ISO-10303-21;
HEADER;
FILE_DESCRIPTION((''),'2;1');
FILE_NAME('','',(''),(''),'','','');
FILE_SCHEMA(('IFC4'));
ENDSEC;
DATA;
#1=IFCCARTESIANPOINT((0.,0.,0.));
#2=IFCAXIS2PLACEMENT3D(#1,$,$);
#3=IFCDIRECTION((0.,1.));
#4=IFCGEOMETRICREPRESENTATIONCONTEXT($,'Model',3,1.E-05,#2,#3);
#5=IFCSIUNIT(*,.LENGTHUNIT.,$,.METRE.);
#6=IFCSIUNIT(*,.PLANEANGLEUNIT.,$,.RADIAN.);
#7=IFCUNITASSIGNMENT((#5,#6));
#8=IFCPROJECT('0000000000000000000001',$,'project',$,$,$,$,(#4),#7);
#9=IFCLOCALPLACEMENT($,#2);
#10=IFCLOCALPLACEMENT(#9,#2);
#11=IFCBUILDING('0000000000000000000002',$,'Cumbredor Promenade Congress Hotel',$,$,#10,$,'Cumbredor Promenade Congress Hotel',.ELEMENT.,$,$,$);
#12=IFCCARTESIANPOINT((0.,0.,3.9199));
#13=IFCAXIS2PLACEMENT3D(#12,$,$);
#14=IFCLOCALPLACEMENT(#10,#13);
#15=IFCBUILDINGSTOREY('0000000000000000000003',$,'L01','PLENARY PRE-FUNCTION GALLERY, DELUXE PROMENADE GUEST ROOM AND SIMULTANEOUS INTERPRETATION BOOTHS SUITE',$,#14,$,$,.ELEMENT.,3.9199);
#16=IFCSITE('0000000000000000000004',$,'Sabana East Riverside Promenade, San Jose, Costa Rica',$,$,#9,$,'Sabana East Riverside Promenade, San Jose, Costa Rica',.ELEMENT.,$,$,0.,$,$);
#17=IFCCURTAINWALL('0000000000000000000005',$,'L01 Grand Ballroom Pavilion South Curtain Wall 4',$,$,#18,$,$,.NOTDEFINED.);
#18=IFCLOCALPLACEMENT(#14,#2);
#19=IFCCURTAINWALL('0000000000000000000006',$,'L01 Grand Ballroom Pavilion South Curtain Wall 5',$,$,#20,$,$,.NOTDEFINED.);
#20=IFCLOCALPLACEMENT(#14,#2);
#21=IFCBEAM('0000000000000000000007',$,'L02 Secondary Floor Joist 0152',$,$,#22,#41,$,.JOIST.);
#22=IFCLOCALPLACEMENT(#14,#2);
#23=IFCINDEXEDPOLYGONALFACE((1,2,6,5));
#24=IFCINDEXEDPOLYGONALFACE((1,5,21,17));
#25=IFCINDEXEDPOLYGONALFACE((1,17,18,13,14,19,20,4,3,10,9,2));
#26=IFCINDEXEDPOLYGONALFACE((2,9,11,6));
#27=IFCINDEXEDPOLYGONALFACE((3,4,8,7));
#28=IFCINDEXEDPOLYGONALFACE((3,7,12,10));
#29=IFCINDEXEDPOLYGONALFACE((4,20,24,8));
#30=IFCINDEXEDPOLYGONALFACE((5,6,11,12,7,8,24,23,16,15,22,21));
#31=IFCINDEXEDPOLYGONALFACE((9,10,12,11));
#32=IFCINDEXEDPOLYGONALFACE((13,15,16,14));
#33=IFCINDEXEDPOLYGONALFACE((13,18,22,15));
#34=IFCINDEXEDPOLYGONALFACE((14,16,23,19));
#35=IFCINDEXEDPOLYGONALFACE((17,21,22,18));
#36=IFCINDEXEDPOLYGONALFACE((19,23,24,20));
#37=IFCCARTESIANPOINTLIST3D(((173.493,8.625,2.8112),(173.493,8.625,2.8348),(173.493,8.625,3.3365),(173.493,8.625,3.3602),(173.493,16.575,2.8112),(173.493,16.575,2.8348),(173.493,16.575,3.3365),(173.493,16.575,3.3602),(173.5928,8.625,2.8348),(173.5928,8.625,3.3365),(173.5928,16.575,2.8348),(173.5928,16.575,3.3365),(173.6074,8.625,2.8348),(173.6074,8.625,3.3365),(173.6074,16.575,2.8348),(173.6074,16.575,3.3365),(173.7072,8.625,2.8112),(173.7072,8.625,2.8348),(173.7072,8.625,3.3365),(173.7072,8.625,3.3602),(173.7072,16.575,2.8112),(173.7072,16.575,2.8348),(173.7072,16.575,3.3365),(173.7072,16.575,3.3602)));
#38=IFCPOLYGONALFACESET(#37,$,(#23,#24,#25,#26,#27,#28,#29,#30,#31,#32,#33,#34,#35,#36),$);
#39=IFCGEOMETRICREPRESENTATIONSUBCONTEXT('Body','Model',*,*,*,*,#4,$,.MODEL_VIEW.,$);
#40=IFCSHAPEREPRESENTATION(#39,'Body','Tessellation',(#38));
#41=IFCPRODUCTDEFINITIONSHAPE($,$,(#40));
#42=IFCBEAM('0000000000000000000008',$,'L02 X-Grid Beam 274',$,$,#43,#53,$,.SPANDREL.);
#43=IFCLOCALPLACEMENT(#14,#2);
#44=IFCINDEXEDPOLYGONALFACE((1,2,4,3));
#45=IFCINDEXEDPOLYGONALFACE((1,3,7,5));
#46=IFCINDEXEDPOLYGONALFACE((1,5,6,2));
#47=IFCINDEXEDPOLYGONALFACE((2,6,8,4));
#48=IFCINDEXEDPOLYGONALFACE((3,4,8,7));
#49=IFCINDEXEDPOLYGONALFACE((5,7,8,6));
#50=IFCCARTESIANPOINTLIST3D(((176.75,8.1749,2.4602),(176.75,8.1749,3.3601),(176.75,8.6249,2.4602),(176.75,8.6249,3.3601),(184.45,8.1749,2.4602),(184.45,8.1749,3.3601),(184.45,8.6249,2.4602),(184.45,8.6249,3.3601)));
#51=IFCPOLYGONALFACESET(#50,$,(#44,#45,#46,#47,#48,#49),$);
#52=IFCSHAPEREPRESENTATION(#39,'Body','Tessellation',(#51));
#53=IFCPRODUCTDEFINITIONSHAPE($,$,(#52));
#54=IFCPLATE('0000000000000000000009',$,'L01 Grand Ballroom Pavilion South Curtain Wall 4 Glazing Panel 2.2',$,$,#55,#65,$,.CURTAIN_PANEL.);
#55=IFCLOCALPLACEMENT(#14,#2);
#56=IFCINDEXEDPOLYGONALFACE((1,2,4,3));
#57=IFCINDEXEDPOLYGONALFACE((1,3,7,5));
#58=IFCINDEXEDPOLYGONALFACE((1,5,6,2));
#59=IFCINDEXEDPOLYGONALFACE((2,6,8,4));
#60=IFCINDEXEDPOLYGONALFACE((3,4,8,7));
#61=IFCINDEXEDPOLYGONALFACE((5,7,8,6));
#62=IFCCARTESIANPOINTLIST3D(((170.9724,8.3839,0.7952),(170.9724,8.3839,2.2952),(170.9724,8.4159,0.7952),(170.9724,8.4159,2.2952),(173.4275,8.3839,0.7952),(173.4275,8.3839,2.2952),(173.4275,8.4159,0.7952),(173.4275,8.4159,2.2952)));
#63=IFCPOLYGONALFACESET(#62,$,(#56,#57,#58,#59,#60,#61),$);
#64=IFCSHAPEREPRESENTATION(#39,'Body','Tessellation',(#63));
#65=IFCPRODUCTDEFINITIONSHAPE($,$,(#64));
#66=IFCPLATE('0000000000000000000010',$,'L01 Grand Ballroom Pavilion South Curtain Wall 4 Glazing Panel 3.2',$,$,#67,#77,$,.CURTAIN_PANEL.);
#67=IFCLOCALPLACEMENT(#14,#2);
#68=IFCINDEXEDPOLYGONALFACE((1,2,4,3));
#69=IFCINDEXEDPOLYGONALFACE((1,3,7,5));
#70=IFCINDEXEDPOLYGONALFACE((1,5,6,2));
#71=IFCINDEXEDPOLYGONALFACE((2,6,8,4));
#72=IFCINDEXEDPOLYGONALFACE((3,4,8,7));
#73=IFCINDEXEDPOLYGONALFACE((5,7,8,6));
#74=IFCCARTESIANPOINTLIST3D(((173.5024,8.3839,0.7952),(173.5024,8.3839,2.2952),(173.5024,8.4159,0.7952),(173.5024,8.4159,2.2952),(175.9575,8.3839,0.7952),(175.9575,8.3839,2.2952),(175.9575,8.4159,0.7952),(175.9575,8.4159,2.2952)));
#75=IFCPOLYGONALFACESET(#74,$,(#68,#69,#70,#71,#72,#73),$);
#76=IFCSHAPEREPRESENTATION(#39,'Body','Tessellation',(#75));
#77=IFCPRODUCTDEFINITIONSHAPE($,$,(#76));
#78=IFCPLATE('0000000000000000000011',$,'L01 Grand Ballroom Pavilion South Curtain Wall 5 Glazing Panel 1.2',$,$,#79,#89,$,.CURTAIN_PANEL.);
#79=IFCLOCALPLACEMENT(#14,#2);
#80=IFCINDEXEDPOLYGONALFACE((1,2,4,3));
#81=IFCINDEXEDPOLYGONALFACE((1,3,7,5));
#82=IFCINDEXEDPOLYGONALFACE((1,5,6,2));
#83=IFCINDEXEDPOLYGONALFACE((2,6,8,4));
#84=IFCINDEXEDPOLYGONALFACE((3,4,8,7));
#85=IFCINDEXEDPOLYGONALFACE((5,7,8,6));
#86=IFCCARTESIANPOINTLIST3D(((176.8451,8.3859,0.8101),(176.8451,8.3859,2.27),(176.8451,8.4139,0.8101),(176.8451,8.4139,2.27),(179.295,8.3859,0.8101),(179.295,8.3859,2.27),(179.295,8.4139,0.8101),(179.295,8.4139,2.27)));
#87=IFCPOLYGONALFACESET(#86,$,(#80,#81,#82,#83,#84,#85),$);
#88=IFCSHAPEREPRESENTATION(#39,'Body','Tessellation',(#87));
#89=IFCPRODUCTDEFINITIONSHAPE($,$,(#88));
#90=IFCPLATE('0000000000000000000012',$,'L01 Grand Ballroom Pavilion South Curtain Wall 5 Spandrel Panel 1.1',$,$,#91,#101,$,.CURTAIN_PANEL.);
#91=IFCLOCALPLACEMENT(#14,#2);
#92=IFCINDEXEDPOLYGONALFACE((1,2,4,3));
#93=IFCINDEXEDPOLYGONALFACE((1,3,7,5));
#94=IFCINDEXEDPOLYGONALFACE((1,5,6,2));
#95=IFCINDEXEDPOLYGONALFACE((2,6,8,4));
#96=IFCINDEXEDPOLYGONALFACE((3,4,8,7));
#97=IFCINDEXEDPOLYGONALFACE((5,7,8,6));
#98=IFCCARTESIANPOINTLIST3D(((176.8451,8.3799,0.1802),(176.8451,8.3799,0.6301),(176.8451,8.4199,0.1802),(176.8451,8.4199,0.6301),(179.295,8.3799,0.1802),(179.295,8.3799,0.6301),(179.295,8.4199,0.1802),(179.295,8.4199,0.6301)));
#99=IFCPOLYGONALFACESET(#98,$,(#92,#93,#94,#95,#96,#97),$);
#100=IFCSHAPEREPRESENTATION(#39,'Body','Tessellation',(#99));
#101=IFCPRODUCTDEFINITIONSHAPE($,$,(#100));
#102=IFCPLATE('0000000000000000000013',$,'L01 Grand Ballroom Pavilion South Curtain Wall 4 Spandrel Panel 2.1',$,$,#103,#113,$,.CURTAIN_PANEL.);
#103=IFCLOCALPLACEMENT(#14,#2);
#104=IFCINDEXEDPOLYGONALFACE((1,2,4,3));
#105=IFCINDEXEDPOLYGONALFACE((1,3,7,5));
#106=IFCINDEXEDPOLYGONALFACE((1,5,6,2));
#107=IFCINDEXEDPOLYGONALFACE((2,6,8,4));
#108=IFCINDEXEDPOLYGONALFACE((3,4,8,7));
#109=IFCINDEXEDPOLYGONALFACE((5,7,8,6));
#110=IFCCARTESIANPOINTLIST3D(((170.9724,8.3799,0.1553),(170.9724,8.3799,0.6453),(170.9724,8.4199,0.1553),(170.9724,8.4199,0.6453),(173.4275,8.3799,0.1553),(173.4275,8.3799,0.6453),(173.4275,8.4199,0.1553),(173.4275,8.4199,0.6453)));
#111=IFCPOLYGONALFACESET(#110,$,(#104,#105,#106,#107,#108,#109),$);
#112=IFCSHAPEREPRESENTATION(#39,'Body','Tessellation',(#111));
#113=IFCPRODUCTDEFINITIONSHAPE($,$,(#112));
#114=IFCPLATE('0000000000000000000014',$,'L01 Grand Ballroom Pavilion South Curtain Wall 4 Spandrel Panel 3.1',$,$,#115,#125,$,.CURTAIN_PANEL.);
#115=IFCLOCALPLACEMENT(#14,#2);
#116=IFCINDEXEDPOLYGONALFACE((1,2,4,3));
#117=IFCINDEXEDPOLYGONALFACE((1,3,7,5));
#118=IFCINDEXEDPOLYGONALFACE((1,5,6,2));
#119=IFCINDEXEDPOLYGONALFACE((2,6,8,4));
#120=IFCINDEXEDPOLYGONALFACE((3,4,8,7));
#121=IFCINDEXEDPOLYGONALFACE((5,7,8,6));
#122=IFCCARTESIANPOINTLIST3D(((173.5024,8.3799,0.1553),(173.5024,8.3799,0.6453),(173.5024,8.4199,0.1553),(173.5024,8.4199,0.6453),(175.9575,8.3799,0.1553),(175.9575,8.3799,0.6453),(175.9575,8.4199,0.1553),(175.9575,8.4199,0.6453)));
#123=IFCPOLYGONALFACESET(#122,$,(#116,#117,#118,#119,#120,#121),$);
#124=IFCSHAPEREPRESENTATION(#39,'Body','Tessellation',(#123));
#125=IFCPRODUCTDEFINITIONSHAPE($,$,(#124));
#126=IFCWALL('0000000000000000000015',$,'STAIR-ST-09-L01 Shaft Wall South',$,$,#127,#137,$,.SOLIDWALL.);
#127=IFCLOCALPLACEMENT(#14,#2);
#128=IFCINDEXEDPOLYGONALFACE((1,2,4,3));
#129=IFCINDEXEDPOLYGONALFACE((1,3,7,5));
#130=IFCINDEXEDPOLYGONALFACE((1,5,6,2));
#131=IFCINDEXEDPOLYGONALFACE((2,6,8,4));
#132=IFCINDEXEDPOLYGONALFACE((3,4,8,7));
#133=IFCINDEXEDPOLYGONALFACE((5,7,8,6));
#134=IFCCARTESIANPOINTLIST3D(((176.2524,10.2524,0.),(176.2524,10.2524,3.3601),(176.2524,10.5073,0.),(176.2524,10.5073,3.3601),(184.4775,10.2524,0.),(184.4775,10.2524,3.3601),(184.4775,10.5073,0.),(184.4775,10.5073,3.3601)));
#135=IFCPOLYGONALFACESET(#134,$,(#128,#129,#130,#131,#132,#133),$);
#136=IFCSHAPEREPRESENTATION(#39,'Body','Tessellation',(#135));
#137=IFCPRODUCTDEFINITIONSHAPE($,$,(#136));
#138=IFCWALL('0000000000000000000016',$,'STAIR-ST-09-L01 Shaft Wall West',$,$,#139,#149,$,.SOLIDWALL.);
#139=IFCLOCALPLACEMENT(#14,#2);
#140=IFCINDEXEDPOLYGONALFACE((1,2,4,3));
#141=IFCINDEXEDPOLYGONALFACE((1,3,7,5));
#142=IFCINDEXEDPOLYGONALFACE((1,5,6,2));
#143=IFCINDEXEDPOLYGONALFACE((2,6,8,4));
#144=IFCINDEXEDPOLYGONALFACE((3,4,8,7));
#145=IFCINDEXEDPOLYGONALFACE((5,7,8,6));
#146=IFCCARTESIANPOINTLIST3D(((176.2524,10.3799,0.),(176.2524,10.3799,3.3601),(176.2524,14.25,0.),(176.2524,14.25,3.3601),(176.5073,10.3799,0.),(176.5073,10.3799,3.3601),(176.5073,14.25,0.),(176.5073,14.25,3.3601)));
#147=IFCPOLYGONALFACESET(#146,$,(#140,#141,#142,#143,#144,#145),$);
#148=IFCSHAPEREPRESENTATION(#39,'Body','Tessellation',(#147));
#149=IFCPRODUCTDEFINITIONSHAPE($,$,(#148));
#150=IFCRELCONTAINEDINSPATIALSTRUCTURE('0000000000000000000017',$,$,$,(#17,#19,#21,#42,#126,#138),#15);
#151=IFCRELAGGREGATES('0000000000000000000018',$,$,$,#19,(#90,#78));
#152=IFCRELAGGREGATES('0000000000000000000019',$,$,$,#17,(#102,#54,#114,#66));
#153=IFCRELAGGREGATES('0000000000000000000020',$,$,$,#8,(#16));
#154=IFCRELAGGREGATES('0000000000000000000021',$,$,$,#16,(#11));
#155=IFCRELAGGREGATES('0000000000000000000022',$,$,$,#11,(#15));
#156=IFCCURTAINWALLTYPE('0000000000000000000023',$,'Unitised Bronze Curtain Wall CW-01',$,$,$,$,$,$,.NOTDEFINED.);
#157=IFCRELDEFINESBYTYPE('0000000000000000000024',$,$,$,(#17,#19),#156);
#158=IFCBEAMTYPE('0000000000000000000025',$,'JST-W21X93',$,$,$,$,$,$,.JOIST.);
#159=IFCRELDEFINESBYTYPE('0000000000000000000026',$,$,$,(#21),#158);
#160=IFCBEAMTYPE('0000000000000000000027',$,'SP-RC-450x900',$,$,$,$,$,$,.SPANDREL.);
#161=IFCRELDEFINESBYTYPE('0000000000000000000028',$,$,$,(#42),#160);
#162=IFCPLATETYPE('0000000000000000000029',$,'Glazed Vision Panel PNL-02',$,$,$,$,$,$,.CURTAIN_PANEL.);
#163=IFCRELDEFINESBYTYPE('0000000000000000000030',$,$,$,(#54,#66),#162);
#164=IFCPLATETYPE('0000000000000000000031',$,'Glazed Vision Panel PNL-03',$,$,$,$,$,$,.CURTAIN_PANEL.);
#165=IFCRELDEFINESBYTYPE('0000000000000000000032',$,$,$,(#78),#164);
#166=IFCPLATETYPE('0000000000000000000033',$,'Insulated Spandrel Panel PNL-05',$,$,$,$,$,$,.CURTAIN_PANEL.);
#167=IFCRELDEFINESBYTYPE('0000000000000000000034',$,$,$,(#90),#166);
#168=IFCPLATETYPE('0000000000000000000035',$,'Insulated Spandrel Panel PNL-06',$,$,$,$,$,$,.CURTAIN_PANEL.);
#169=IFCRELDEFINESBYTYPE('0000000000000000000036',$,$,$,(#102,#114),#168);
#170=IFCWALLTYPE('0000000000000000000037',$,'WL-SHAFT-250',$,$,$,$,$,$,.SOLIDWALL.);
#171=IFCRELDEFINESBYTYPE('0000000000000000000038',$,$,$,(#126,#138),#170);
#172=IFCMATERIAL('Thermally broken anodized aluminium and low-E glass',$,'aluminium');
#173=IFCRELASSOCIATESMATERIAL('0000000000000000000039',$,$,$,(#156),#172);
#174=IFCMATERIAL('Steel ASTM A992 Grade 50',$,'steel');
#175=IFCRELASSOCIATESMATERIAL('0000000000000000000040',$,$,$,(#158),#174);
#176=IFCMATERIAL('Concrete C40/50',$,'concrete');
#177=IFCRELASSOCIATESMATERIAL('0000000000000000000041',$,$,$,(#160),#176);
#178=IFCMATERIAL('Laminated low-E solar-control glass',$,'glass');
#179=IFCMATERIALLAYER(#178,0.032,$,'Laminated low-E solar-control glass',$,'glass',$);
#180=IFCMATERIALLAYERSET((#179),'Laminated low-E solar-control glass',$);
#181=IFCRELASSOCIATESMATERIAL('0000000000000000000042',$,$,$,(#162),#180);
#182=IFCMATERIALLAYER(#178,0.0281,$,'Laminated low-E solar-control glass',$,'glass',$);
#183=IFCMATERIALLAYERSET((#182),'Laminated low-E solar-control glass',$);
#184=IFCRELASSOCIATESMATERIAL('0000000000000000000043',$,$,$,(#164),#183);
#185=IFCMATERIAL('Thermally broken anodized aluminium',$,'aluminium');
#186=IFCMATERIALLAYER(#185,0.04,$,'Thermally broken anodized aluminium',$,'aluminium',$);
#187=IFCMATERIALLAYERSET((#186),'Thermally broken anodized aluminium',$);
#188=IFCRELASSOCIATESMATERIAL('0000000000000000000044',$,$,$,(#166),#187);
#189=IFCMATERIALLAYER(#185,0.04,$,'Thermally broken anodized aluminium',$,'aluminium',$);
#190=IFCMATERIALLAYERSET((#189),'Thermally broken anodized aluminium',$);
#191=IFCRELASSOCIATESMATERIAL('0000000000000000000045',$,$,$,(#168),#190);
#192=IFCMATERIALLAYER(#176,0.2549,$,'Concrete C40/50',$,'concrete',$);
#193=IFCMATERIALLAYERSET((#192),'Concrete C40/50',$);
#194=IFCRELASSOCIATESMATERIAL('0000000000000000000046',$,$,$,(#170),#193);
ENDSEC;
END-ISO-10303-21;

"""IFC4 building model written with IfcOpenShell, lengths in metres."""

from ifc_helpers import new_model, si_unit, direction, frame, frame_2d, origin, origin_2d, place, context, subcontext, project, spatial, rectangle, i_section, extrude, material, layer, layer_set, material_profile, profile_set, type_object, element, aggregate, save


model = new_model("IFC4")

# Units and contexts
model_context = context("Model", 3, precision=1e-05, world=origin(), true_north=direction((0.0, 1.0)))
body_context = subcontext(model_context, "Body", "Model", "MODEL_VIEW")
ifc_project = project(units=[si_unit("LENGTHUNIT", "METRE"), si_unit("PLANEANGLEUNIT", "RADIAN")], contexts=[model_context])

# Site, building, storey
site_placement = place(None, origin())
site = spatial("IfcSite", under=ifc_project, at=site_placement, Name="Sabana East Riverside Promenade, San Jose, Costa Rica", LongName="Sabana East Riverside Promenade, San Jose, Costa Rica", CompositionType="ELEMENT", RefElevation=0.0)
building_placement = place(site_placement, origin())
building = spatial("IfcBuilding", under=site, at=building_placement, Name="Cumbredor Promenade Congress Hotel", LongName="Cumbredor Promenade Congress Hotel", CompositionType="ELEMENT")
storey_placement = place(building_placement, frame((0.0, 0.0, 3.9199)))
storey = spatial("IfcBuildingStorey", under=building, at=storey_placement, Name="L01", Description="PLENARY PRE-FUNCTION GALLERY, DELUXE PROMENADE GUEST ROOM AND SIMULTANEOUS INTERPRETATION BOOTHS SUITE", CompositionType="ELEMENT", Elevation=3.9199)

# Shared definitions
ifc_material_1 = material(Name="Concrete C40/50", Category="concrete")

# Curtain wall
ifc_material_2 = material(Name="Thermally broken anodized aluminium and low-E glass", Category="aluminium")
curtain_wall_type = type_object("IfcCurtainWallType", Name="Unitised Bronze Curtain Wall CW-01", PredefinedType="NOTDEFINED", material=ifc_material_2)
curtain_wall_1_placement = place(storey_placement, origin())
curtain_wall_1 = element("IfcCurtainWall", 1, at=curtain_wall_1_placement, inside=storey, type_object=curtain_wall_type, Name="L01 Grand Ballroom Pavilion South Curtain Wall 4", PredefinedType="NOTDEFINED")
ifc_material_3 = material(Name="Thermally broken anodized aluminium", Category="aluminium")

# Curtain wall
curtain_wall_2_placement = place(storey_placement, origin())
curtain_wall_2 = element("IfcCurtainWall", 2, at=curtain_wall_2_placement, inside=storey, type_object=curtain_wall_type, Name="L01 Grand Ballroom Pavilion South Curtain Wall 5", PredefinedType="NOTDEFINED")

# Beams
ifc_material_4 = material(Name="Steel ASTM A992 Grade 50", Category="steel")
ifc_material_profile_1 = material_profile(ifc_material_4, i_section(OverallWidth=0.2141, OverallDepth=0.5491, WebThickness=0.0146, FlangeThickness=0.0237, at=origin_2d()), Name="W21X93")
ifc_profile_set_1 = profile_set([ifc_material_profile_1], Name="Steel ASTM A992 Grade 50")
beam_type_1 = type_object("IfcBeamType", Name="JST-W21X93", PredefinedType="JOIST", material=ifc_profile_set_1)
beam_1_placement = place(storey_placement, frame((173.6001, 8.625, 3.0857), z_axis=(0.0, 1.0, 0.0), x_axis=(-1.0, 0.0, 0.0)))
element("IfcBeam", 3, at=beam_1_placement, inside=storey, type_object=beam_type_1, Name="L02 Secondary Floor Joist 0152", PredefinedType="JOIST", context=body_context, shape_type="SweptSolid", body=[
    extrude(i_section(OverallWidth=0.2141, OverallDepth=0.5491, WebThickness=0.0146, FlangeThickness=0.0237, at=origin_2d()), origin(), (0.0, 0.0, 1.0), 7.95),
])
ifc_material_profile_2 = material_profile(ifc_material_1, rectangle(XDim=0.45, YDim=0.8999, at=origin_2d()), Name="RC SPANDREL 450x900")
ifc_profile_set_2 = profile_set([ifc_material_profile_2], Name="Concrete C40/50")
beam_type_2 = type_object("IfcBeamType", Name="SP-RC-450x900", PredefinedType="SPANDREL", material=ifc_profile_set_2)
beam_2_placement = place(storey_placement, frame((176.75, 8.3999, 2.9102), z_axis=(1.0, 0.0, 0.0), x_axis=(0.0, 1.0, 0.0)))
element("IfcBeam", 4, at=beam_2_placement, inside=storey, type_object=beam_type_2, Name="L02 X-Grid Beam 274", PredefinedType="SPANDREL", context=body_context, shape_type="SweptSolid", body=[
    extrude(rectangle(XDim=0.45, YDim=0.8999, at=origin_2d()), origin(), (0.0, 0.0, 1.0), 7.7),
])

# Plates
ifc_material_5 = material(Name="Laminated low-E solar-control glass", Category="glass")
ifc_layer_1 = layer(ifc_material_5, 0.032, Name="Laminated low-E solar-control glass", Category="glass")
ifc_layer_set_1 = layer_set([ifc_layer_1], Name="Laminated low-E solar-control glass")
plate_type_1 = type_object("IfcPlateType", Name="Glazed Vision Panel PNL-02", PredefinedType="CURTAIN_PANEL", material=ifc_layer_set_1)
plate_1_placement = place(storey_placement, frame((172.2, 8.3999, 0.7952), z_axis=(0.0, 0.0, 1.0), x_axis=(1.0, 0.0, 0.0)))
plate_1 = element("IfcPlate", 5, at=plate_1_placement, type_object=plate_type_1, Name="L01 Grand Ballroom Pavilion South Curtain Wall 4 Glazing Panel 2.2", PredefinedType="CURTAIN_PANEL", context=body_context, shape_type="SweptSolid", body=[
    extrude(rectangle(XDim=2.4551, YDim=0.032, at=origin_2d()), origin(), (0.0, 0.0, 1.0), 1.5),
])
plate_2_placement = place(storey_placement, frame((174.73, 8.3999, 0.7952), z_axis=(0.0, 0.0, 1.0), x_axis=(1.0, 0.0, 0.0)))
plate_2 = element("IfcPlate", 6, at=plate_2_placement, type_object=plate_type_1, Name="L01 Grand Ballroom Pavilion South Curtain Wall 4 Glazing Panel 3.2", PredefinedType="CURTAIN_PANEL", context=body_context, shape_type="SweptSolid", body=[
    extrude(rectangle(XDim=2.4551, YDim=0.032, at=origin_2d()), origin(), (0.0, 0.0, 1.0), 1.5),
])
ifc_layer_2 = layer(ifc_material_5, 0.0281, Name="Laminated low-E solar-control glass", Category="glass")
ifc_layer_set_2 = layer_set([ifc_layer_2], Name="Laminated low-E solar-control glass")
plate_type_2 = type_object("IfcPlateType", Name="Glazed Vision Panel PNL-03", PredefinedType="CURTAIN_PANEL", material=ifc_layer_set_2)
plate_3_placement = place(storey_placement, frame((178.0701, 8.3999, 0.8101), z_axis=(0.0, 0.0, 1.0), x_axis=(1.0, 0.0, 0.0)))
plate_3 = element("IfcPlate", 7, at=plate_3_placement, type_object=plate_type_2, Name="L01 Grand Ballroom Pavilion South Curtain Wall 5 Glazing Panel 1.2", PredefinedType="CURTAIN_PANEL", context=body_context, shape_type="SweptSolid", body=[
    extrude(rectangle(XDim=2.45, YDim=0.0281, at=origin_2d()), origin(), (0.0, 0.0, 1.0), 1.46),
])
ifc_layer_3 = layer(ifc_material_3, 0.04, Name="Thermally broken anodized aluminium", Category="aluminium")
ifc_layer_set_3 = layer_set([ifc_layer_3], Name="Thermally broken anodized aluminium")
plate_type_3 = type_object("IfcPlateType", Name="Insulated Spandrel Panel PNL-05", PredefinedType="CURTAIN_PANEL", material=ifc_layer_set_3)
plate_4_placement = place(storey_placement, frame((178.0701, 8.3999, 0.1802), z_axis=(0.0, 0.0, 1.0), x_axis=(1.0, 0.0, 0.0)))
plate_4 = element("IfcPlate", 8, at=plate_4_placement, type_object=plate_type_3, Name="L01 Grand Ballroom Pavilion South Curtain Wall 5 Spandrel Panel 1.1", PredefinedType="CURTAIN_PANEL", context=body_context, shape_type="SweptSolid", body=[
    extrude(rectangle(XDim=2.45, YDim=0.04, at=origin_2d()), origin(), (0.0, 0.0, 1.0), 0.45),
])
aggregate(curtain_wall_2, [plate_4, plate_3])
ifc_layer_4 = layer(ifc_material_3, 0.04, Name="Thermally broken anodized aluminium", Category="aluminium")
ifc_layer_set_4 = layer_set([ifc_layer_4], Name="Thermally broken anodized aluminium")
plate_type_4 = type_object("IfcPlateType", Name="Insulated Spandrel Panel PNL-06", PredefinedType="CURTAIN_PANEL", material=ifc_layer_set_4)
plate_5_placement = place(storey_placement, frame((172.2, 8.3999, 0.1553), z_axis=(0.0, 0.0, 1.0), x_axis=(1.0, 0.0, 0.0)))
plate_5 = element("IfcPlate", 9, at=plate_5_placement, type_object=plate_type_4, Name="L01 Grand Ballroom Pavilion South Curtain Wall 4 Spandrel Panel 2.1", PredefinedType="CURTAIN_PANEL", context=body_context, shape_type="SweptSolid", body=[
    extrude(rectangle(XDim=2.4551, YDim=0.04, at=origin_2d()), origin(), (0.0, 0.0, 1.0), 0.49),
])
plate_6_placement = place(storey_placement, frame((174.73, 8.3999, 0.1553), z_axis=(0.0, 0.0, 1.0), x_axis=(1.0, 0.0, 0.0)))
plate_6 = element("IfcPlate", 10, at=plate_6_placement, type_object=plate_type_4, Name="L01 Grand Ballroom Pavilion South Curtain Wall 4 Spandrel Panel 3.1", PredefinedType="CURTAIN_PANEL", context=body_context, shape_type="SweptSolid", body=[
    extrude(rectangle(XDim=2.4551, YDim=0.04, at=origin_2d()), origin(), (0.0, 0.0, 1.0), 0.49),
])
aggregate(curtain_wall_1, [plate_5, plate_1, plate_6, plate_2])

# Walls
ifc_layer_5 = layer(ifc_material_1, 0.2549, Name="Concrete C40/50", Category="concrete")
ifc_layer_set_5 = layer_set([ifc_layer_5], Name="Concrete C40/50")
wall_type = type_object("IfcWallType", Name="WL-SHAFT-250", PredefinedType="SOLIDWALL", material=ifc_layer_set_5)
wall_1_placement = place(storey_placement, frame((176.2524, 10.3799, 0.0), z_axis=(0.0, 0.0, 1.0), x_axis=(1.0, 0.0, 0.0)))
element("IfcWall", 11, at=wall_1_placement, inside=storey, type_object=wall_type, Name="STAIR-ST-09-L01 Shaft Wall South", PredefinedType="SOLIDWALL", context=body_context, shape_type="SweptSolid", body=[
    extrude(rectangle(XDim=8.2251, YDim=0.2549, at=frame_2d((4.1125, 0.0))), origin(), (0.0, 0.0, 1.0), 3.3601),
])
wall_2_placement = place(storey_placement, frame((176.3799, 10.3799, 0.0), z_axis=(0.0, 0.0, 1.0), x_axis=(0.0, 1.0, 0.0)))
element("IfcWall", 12, at=wall_2_placement, inside=storey, type_object=wall_type, Name="STAIR-ST-09-L01 Shaft Wall West", PredefinedType="SOLIDWALL", context=body_context, shape_type="SweptSolid", body=[
    extrude(rectangle(XDim=3.8701, YDim=0.2549, at=frame_2d((1.9351, 0.0))), origin(), (0.0, 0.0, 1.0), 3.3601),
])

save(model, "model.ifc")
